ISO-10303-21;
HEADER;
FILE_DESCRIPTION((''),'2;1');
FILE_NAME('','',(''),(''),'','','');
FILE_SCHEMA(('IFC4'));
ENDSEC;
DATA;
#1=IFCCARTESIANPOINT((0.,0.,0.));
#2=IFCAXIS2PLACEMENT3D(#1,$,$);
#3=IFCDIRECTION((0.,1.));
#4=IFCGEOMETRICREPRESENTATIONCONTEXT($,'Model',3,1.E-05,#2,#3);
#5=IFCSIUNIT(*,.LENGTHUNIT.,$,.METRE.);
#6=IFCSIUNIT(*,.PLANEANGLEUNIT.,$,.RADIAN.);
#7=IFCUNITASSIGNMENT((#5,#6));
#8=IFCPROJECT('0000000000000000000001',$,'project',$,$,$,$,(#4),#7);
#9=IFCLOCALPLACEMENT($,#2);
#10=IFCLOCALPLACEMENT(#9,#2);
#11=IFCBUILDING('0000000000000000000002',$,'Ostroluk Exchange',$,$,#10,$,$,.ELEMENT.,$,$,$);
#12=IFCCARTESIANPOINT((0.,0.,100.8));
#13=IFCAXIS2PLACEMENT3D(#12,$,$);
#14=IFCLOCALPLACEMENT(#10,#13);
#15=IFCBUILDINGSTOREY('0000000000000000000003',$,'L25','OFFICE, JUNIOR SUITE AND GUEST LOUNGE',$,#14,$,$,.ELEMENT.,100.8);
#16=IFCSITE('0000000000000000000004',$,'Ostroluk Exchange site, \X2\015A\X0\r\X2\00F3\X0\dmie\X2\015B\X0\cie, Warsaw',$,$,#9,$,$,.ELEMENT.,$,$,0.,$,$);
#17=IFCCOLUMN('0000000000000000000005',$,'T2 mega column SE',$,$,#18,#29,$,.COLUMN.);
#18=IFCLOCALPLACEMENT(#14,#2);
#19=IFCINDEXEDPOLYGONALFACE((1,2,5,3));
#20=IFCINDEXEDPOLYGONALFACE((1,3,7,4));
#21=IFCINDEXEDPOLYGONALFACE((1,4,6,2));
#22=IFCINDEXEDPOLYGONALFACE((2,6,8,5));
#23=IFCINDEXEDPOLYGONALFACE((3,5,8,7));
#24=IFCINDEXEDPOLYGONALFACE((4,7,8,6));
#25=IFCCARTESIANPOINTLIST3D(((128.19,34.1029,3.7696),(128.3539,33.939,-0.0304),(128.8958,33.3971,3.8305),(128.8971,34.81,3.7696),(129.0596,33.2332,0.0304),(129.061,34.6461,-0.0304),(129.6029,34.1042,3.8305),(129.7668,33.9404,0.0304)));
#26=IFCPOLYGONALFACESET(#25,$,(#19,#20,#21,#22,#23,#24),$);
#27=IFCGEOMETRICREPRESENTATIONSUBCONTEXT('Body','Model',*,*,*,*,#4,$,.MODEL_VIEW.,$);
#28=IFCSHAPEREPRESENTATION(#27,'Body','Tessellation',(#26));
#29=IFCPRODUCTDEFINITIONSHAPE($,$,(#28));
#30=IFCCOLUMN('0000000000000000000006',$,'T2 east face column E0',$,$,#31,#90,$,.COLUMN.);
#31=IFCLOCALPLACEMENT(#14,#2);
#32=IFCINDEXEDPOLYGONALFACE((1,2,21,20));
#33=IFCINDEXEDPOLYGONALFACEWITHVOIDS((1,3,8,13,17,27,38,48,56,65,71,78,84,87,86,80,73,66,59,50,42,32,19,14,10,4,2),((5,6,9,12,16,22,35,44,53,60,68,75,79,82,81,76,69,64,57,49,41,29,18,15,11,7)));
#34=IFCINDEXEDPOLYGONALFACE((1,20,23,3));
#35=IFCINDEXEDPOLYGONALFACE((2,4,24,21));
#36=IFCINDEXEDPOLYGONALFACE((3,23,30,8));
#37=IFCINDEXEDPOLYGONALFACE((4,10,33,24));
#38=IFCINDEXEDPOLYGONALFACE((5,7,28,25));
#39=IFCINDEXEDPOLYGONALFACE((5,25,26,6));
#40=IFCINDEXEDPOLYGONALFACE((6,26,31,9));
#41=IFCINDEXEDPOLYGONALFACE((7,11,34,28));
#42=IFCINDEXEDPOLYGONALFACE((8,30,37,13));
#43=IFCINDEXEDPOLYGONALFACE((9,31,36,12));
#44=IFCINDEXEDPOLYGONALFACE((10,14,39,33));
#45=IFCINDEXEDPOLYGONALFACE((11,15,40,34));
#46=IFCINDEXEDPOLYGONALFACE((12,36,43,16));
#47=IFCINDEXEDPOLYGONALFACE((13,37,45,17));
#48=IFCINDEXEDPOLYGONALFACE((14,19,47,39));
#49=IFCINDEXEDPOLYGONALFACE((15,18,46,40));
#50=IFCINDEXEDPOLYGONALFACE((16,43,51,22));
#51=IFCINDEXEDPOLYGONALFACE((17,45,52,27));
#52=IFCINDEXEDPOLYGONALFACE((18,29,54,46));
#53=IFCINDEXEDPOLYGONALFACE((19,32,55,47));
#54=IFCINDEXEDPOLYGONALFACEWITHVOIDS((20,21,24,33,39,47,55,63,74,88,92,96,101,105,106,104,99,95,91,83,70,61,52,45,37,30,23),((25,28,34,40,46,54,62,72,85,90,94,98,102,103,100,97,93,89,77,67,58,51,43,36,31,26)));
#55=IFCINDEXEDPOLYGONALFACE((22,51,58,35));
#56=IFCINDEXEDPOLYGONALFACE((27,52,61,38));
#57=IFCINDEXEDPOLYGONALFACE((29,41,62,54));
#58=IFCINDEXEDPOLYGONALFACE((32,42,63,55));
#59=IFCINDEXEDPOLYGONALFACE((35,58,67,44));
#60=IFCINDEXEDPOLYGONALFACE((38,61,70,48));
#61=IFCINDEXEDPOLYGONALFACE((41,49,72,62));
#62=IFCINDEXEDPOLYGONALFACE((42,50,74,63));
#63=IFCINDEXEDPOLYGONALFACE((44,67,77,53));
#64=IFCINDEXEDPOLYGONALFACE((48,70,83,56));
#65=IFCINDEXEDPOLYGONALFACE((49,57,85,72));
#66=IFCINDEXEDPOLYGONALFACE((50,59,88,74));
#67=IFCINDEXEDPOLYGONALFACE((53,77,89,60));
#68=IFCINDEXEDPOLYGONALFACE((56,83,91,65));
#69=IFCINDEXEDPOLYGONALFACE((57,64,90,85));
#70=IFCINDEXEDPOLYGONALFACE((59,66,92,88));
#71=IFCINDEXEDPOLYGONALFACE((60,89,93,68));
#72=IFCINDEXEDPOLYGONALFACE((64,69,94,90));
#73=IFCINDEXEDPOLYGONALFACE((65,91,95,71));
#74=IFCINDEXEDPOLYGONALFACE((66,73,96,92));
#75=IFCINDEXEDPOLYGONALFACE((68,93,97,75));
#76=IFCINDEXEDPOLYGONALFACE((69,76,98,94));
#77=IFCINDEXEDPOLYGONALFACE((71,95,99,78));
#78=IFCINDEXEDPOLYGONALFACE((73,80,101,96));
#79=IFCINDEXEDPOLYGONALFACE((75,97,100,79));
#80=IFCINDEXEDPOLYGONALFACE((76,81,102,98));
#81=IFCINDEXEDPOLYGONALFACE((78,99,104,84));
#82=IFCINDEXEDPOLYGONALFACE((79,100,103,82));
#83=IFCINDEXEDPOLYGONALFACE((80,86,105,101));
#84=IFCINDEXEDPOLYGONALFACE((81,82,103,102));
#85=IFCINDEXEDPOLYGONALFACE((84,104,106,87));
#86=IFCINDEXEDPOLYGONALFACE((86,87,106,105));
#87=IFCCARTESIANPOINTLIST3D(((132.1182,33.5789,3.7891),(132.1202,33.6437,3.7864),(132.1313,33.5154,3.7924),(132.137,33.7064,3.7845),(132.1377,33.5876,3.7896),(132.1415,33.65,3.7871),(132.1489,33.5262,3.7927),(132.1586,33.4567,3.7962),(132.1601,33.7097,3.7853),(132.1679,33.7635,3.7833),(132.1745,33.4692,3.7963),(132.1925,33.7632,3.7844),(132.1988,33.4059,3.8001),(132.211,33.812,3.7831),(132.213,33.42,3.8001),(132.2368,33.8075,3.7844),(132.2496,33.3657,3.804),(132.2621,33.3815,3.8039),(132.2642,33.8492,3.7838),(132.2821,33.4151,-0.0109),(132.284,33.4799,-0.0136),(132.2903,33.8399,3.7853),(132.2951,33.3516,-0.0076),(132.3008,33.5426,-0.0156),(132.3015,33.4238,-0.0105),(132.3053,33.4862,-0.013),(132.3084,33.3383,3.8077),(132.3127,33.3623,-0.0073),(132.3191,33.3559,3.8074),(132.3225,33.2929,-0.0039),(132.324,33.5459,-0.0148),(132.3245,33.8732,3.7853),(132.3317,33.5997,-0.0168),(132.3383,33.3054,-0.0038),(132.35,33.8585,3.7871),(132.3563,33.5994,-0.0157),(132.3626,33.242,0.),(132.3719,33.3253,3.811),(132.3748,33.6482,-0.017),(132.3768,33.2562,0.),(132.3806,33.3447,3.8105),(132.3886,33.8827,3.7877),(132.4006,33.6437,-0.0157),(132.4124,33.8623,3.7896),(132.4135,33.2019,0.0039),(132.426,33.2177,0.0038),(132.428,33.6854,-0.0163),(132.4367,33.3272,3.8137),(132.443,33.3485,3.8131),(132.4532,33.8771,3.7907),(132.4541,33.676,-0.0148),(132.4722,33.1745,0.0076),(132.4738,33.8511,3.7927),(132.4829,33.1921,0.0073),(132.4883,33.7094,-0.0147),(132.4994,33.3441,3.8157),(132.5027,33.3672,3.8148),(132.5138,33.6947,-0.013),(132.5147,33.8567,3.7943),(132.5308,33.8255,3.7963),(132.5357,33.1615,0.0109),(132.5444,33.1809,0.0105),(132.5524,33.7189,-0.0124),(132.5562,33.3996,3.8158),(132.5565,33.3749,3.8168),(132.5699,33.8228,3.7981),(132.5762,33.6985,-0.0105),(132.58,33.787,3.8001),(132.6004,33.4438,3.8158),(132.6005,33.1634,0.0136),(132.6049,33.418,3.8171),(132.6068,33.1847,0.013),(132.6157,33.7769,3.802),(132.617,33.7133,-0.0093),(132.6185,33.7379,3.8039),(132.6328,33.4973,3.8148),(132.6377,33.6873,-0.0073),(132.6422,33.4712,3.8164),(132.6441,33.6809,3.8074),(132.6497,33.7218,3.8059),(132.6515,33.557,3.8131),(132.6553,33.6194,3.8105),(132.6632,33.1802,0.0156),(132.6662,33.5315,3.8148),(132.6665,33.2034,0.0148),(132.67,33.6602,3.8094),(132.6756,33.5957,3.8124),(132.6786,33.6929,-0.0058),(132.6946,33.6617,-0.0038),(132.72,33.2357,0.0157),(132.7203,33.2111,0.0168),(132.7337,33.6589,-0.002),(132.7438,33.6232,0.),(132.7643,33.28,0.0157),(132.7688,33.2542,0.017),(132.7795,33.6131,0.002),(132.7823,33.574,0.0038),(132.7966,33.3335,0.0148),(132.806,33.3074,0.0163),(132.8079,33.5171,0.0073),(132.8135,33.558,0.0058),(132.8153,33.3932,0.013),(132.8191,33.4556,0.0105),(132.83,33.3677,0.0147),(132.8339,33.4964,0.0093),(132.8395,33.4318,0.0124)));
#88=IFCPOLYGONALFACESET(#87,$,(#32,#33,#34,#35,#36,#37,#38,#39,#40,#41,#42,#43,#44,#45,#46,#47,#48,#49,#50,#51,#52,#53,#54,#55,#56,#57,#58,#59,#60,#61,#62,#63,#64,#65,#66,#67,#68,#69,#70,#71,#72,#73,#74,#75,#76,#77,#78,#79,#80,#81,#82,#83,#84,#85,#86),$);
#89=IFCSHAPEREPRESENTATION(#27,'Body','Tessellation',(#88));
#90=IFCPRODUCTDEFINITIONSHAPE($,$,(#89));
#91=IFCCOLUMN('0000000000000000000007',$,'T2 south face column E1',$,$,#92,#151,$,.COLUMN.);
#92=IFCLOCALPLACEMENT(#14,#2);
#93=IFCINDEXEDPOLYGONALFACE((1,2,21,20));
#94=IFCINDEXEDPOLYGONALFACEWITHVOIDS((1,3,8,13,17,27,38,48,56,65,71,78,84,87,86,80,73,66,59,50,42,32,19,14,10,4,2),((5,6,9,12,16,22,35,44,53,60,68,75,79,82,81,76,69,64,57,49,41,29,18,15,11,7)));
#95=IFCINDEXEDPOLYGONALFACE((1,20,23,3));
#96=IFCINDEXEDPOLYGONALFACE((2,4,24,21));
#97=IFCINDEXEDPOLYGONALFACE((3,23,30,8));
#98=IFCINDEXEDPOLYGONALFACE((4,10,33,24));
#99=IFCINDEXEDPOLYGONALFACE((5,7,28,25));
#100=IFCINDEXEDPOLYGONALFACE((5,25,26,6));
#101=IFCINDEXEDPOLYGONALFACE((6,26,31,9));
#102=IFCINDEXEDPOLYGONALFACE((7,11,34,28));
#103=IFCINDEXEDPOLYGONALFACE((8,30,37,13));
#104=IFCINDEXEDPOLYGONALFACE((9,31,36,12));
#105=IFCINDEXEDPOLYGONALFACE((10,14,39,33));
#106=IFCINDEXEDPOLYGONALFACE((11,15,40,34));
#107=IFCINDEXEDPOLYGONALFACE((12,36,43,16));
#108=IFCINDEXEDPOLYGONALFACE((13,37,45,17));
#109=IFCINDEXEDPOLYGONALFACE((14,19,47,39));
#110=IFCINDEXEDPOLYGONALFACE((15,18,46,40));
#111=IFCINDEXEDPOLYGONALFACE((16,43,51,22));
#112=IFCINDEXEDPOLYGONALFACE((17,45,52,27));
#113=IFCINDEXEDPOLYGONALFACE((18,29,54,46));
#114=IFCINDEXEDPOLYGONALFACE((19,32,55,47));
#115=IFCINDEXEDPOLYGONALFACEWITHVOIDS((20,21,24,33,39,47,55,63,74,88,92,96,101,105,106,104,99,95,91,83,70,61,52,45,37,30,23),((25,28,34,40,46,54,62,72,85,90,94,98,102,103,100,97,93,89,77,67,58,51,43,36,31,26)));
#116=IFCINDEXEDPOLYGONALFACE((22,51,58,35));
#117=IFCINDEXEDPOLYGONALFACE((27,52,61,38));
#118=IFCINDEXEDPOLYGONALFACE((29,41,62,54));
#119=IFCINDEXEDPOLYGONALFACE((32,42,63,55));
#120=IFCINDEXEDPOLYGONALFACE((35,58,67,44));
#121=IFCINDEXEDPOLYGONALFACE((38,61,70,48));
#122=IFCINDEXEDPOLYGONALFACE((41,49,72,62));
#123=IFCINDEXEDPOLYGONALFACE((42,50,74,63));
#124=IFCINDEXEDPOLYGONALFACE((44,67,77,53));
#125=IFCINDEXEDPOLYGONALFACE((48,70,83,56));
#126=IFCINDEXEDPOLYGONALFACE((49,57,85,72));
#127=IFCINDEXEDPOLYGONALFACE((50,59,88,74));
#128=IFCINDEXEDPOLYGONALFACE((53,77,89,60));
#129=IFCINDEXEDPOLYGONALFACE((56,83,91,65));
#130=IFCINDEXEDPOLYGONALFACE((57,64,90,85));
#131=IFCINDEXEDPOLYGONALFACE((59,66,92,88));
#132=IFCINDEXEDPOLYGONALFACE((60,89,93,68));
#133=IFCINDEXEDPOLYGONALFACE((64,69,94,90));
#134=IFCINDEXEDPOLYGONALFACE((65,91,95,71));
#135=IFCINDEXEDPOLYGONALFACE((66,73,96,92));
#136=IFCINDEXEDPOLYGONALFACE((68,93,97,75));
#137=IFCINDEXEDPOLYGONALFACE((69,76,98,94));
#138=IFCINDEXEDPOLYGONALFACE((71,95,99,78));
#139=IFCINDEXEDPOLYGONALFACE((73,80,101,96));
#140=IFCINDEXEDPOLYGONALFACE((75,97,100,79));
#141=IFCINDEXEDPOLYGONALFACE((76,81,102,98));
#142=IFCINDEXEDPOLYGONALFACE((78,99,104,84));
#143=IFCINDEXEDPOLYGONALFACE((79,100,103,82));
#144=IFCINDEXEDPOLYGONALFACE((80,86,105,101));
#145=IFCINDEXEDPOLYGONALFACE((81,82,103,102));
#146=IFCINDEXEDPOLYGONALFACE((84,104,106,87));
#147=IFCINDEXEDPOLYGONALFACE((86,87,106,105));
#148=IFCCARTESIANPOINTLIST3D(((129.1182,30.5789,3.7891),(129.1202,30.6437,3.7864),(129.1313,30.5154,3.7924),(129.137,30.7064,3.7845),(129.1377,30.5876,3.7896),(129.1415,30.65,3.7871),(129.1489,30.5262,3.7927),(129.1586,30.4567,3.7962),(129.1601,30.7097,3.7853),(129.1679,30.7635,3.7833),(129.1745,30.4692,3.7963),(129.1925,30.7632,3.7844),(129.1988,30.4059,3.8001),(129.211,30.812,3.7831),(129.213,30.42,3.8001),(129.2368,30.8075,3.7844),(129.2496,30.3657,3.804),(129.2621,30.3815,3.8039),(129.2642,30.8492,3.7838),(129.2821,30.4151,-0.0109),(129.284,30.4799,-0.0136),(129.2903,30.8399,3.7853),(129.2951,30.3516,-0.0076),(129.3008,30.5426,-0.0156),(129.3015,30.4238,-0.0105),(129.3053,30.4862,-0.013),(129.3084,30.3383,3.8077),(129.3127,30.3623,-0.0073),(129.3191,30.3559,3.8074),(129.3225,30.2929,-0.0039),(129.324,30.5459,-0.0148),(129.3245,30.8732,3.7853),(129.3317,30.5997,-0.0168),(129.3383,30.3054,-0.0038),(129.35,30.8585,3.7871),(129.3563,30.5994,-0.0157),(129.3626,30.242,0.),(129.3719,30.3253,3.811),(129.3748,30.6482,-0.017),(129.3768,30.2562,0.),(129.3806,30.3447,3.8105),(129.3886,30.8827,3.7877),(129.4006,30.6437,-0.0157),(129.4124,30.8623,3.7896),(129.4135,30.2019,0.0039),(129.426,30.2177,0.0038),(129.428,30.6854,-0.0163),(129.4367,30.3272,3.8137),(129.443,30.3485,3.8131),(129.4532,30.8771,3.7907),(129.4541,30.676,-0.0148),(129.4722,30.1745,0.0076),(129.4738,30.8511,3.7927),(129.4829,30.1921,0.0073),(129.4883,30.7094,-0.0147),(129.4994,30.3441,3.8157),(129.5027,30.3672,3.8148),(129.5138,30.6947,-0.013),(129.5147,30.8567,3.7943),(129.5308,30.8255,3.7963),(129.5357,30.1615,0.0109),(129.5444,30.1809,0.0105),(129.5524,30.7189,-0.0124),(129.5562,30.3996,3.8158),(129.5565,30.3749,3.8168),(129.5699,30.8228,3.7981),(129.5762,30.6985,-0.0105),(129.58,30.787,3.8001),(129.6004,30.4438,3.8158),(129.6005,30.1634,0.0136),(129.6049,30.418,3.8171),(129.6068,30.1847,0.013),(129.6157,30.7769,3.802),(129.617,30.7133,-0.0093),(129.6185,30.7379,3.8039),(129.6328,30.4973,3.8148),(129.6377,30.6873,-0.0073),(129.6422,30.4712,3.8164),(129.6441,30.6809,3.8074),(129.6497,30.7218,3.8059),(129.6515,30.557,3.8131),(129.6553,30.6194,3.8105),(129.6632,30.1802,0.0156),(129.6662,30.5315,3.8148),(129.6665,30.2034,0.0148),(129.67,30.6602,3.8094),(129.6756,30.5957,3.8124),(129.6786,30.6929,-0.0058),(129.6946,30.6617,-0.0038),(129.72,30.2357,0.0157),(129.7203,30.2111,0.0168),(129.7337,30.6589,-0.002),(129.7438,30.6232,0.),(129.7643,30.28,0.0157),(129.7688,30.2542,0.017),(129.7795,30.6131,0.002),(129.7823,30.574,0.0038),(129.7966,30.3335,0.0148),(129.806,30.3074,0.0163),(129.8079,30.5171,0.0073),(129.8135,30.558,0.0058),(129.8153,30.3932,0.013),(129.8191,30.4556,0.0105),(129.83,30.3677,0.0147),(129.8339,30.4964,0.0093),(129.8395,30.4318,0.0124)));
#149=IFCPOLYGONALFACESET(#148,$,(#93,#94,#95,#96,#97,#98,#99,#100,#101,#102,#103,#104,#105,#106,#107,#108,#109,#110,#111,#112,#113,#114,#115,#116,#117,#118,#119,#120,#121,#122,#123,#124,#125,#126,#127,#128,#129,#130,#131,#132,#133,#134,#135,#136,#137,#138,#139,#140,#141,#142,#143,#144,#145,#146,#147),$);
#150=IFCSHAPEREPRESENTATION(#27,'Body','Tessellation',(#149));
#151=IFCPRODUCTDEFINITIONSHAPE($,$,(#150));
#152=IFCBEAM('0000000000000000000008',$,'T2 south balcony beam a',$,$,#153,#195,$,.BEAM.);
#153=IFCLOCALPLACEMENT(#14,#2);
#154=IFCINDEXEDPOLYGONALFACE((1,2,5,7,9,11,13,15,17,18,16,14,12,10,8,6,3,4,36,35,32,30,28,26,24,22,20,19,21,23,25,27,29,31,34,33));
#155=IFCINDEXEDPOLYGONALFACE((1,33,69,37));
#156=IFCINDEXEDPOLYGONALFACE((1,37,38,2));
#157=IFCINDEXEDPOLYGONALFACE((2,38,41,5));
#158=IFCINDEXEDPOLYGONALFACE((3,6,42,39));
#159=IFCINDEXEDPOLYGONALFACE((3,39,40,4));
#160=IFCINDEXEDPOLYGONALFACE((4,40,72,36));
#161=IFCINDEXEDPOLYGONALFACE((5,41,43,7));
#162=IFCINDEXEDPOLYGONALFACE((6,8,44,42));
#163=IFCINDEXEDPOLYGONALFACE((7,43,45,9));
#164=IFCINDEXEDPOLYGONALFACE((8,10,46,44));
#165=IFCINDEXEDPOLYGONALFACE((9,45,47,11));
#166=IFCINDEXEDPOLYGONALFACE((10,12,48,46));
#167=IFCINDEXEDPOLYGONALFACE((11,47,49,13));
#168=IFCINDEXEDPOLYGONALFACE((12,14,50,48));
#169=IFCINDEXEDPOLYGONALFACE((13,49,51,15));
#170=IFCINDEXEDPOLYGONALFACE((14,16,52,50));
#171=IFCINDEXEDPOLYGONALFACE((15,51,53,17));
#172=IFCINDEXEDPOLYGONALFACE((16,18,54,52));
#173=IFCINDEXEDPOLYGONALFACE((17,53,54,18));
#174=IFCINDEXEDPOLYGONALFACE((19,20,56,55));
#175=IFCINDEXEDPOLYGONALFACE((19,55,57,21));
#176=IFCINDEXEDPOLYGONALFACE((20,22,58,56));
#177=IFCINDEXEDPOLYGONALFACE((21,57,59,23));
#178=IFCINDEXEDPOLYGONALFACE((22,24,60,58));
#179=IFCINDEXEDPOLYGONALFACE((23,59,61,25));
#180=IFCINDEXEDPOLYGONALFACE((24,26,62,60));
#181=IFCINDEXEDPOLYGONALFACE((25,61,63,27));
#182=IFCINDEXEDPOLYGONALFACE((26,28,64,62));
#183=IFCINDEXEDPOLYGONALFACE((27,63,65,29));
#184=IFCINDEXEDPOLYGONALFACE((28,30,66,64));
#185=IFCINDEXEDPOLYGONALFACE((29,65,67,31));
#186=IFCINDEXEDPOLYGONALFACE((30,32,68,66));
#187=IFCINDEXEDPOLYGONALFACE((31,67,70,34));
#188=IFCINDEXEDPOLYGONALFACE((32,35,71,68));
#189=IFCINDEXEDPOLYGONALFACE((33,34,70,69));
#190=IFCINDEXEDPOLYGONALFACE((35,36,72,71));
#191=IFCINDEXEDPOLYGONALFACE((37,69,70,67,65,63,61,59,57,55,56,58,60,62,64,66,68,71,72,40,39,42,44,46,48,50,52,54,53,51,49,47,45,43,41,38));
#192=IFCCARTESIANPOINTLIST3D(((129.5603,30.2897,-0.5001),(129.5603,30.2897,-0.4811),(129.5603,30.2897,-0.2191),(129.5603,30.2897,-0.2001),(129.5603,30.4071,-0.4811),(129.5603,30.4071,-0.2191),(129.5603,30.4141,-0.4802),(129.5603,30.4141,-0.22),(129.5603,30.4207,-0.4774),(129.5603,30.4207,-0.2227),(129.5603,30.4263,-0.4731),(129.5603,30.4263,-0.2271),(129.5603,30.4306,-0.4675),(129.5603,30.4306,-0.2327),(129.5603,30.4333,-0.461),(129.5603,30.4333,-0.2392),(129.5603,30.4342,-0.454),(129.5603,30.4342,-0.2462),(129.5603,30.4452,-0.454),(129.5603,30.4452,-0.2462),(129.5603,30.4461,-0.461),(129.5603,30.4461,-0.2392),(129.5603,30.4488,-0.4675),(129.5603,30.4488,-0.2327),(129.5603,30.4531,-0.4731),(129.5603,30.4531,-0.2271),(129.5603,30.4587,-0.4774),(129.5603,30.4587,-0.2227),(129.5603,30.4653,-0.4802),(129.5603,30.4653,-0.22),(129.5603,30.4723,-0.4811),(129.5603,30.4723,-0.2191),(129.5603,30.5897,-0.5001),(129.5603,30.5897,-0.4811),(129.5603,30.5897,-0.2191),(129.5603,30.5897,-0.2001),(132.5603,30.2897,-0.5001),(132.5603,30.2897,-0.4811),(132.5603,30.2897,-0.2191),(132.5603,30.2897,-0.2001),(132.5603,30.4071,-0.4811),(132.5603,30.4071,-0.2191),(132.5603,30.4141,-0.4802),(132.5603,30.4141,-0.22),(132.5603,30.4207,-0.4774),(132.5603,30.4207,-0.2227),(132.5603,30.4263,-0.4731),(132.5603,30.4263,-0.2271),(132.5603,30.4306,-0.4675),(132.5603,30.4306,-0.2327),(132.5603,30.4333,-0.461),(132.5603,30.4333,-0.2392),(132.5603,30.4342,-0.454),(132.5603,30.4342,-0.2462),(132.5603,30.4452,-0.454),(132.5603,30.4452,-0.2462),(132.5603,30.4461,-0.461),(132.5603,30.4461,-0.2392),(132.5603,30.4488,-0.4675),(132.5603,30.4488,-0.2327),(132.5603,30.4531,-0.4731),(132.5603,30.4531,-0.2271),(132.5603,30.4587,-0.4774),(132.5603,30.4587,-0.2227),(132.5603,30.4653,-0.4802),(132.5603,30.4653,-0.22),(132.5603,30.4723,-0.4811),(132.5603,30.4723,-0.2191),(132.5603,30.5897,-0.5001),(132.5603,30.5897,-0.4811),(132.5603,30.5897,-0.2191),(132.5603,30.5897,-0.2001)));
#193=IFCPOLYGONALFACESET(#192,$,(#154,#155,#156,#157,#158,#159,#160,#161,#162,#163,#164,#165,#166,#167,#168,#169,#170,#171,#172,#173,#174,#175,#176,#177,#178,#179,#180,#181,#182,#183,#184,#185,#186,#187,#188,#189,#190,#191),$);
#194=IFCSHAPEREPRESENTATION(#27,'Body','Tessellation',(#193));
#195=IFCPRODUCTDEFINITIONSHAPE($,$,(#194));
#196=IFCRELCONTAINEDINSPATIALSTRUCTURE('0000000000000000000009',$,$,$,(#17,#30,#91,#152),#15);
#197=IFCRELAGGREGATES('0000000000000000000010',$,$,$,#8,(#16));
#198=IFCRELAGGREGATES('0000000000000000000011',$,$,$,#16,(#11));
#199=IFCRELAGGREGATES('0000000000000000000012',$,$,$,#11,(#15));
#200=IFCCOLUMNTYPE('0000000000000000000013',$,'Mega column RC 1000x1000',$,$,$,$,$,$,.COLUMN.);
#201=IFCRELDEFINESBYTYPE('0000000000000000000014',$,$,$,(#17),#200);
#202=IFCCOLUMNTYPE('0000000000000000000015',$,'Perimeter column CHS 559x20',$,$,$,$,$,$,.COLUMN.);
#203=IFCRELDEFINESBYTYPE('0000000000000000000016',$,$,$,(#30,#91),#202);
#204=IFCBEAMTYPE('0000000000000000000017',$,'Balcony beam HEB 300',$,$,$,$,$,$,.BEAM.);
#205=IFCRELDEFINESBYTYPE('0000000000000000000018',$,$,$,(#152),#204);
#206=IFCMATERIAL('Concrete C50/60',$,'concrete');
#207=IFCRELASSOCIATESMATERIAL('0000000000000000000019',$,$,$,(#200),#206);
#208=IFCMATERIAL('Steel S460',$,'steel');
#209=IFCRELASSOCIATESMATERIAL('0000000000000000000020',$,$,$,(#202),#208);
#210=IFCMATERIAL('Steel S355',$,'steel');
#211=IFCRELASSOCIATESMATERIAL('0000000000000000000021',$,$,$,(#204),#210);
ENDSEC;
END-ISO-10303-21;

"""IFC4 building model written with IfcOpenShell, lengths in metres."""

from ifc_helpers import new_model, si_unit, direction, frame, origin, origin_2d, place, context, subcontext, project, spatial, rectangle, hollow_circle, i_section, extrude, material, material_profile, profile_set, type_object, element, save


model = new_model("IFC4")

# Units and contexts
model_context = context("Model", 3, precision=1e-05, world=origin(), true_north=direction((0.0, 1.0)))
body_context = subcontext(model_context, "Body", "Model", "MODEL_VIEW")
ifc_project = project(units=[si_unit("LENGTHUNIT", "METRE"), si_unit("PLANEANGLEUNIT", "RADIAN")], contexts=[model_context])

# Site, building, storey
site_placement = place(None, origin())
site = spatial("IfcSite", under=ifc_project, at=site_placement, Name="Ostroluk Exchange site, Śródmieście, Warsaw", CompositionType="ELEMENT", RefElevation=0.0)
building_placement = place(site_placement, origin())
building = spatial("IfcBuilding", under=site, at=building_placement, Name="Ostroluk Exchange", CompositionType="ELEMENT")
storey_placement = place(building_placement, frame((0.0, 0.0, 100.8)))
storey = spatial("IfcBuildingStorey", under=building, at=storey_placement, Name="L25", Description="OFFICE, JUNIOR SUITE AND GUEST LOUNGE", CompositionType="ELEMENT", Elevation=100.8)

# Columns
ifc_material_1 = material(Name="Concrete C50/60", Category="concrete")
ifc_material_profile_1 = material_profile(ifc_material_1, rectangle(XDim=1.0, YDim=1.0, at=origin_2d()), Name="RC 1000x1000")
ifc_profile_set_1 = profile_set([ifc_material_profile_1], Name="Concrete C50/60")
column_type_1 = type_object("IfcColumnType", Name="Mega column RC 1000x1000", PredefinedType="COLUMN", material=ifc_profile_set_1)
column_placement = place(storey_placement, frame((129.0603, 33.9397, 0.0), z_axis=(-0.04303, 0.04303, 0.998147), x_axis=(-0.707107, -0.707107, 0.0)))
element("IfcColumn", 1, at=column_placement, inside=storey, type_object=column_type_1, Name="T2 mega column SE", PredefinedType="COLUMN", context=body_context, shape_type="SweptSolid", body=[
    extrude(rectangle(XDim=1.0, YDim=1.0, at=origin_2d()), origin(), (0.0, 0.0, 1.0), 3.8071),
])
ifc_material_2 = material(Name="Steel S460", Category="steel")
ifc_material_profile_2 = material_profile(ifc_material_2, hollow_circle(Radius=0.2795, WallThickness=0.02, at=origin_2d()), Name="CHS 559x20")
ifc_profile_set_2 = profile_set([ifc_material_profile_2], Name="Steel S460")
column_type_2 = type_object("IfcColumnType", Name="Perimeter column CHS 559x20", PredefinedType="COLUMN", material=ifc_profile_set_2)
for number, where, z_axis, x_axis, name in (
    (2, (132.5603, 33.4397, 0.0), (-0.04303, 0.04303, 0.998147), (-0.707107, -0.707107, 0.0), "T2 east face column E0"),
    (3, (129.5603, 30.4397, 0.0), (-0.04303, 0.04303, 0.998147), (-0.707107, -0.707107, 0.0), "T2 south face column E1"),
):
    element("IfcColumn", number, at=place(storey_placement, frame(where, z_axis=z_axis, x_axis=x_axis)), inside=storey, type_object=column_type_2, Name=name, PredefinedType="COLUMN", context=body_context, shape_type="SweptSolid", body=[
        extrude(hollow_circle(Radius=0.2795, WallThickness=0.02, at=origin_2d()), origin(), (0.0, 0.0, 1.0), 3.8071),
    ])

# Beam
ifc_material_3 = material(Name="Steel S355", Category="steel")
ifc_material_profile_3 = material_profile(ifc_material_3, i_section(OverallWidth=0.3, OverallDepth=0.3, WebThickness=0.011, FlangeThickness=0.019, FilletRadius=0.0271, at=origin_2d()), Name="HEB 300")
ifc_profile_set_3 = profile_set([ifc_material_profile_3], Name="Steel S355")
beam_type_1 = type_object("IfcBeamType", Name="Balcony beam HEB 300", PredefinedType="BEAM", material=ifc_profile_set_3)
for number, where, z_axis, x_axis, name in (
    (4, (129.5603, 30.4397, -0.3501), (1.0, 0.0, 0.0), (0.0, 1.0, 0.0), "T2 south balcony beam a"),
):
    element("IfcBeam", number, at=place(storey_placement, frame(where, z_axis=z_axis, x_axis=x_axis)), inside=storey, type_object=beam_type_1, Name=name, PredefinedType="BEAM", context=body_context, shape_type="SweptSolid", body=[
        extrude(i_section(OverallWidth=0.3, OverallDepth=0.3, WebThickness=0.011, FlangeThickness=0.019, FilletRadius=0.0271, at=origin_2d()), origin(), (0.0, 0.0, 1.0), 3.0),
    ])

save(model, "model.ifc")
